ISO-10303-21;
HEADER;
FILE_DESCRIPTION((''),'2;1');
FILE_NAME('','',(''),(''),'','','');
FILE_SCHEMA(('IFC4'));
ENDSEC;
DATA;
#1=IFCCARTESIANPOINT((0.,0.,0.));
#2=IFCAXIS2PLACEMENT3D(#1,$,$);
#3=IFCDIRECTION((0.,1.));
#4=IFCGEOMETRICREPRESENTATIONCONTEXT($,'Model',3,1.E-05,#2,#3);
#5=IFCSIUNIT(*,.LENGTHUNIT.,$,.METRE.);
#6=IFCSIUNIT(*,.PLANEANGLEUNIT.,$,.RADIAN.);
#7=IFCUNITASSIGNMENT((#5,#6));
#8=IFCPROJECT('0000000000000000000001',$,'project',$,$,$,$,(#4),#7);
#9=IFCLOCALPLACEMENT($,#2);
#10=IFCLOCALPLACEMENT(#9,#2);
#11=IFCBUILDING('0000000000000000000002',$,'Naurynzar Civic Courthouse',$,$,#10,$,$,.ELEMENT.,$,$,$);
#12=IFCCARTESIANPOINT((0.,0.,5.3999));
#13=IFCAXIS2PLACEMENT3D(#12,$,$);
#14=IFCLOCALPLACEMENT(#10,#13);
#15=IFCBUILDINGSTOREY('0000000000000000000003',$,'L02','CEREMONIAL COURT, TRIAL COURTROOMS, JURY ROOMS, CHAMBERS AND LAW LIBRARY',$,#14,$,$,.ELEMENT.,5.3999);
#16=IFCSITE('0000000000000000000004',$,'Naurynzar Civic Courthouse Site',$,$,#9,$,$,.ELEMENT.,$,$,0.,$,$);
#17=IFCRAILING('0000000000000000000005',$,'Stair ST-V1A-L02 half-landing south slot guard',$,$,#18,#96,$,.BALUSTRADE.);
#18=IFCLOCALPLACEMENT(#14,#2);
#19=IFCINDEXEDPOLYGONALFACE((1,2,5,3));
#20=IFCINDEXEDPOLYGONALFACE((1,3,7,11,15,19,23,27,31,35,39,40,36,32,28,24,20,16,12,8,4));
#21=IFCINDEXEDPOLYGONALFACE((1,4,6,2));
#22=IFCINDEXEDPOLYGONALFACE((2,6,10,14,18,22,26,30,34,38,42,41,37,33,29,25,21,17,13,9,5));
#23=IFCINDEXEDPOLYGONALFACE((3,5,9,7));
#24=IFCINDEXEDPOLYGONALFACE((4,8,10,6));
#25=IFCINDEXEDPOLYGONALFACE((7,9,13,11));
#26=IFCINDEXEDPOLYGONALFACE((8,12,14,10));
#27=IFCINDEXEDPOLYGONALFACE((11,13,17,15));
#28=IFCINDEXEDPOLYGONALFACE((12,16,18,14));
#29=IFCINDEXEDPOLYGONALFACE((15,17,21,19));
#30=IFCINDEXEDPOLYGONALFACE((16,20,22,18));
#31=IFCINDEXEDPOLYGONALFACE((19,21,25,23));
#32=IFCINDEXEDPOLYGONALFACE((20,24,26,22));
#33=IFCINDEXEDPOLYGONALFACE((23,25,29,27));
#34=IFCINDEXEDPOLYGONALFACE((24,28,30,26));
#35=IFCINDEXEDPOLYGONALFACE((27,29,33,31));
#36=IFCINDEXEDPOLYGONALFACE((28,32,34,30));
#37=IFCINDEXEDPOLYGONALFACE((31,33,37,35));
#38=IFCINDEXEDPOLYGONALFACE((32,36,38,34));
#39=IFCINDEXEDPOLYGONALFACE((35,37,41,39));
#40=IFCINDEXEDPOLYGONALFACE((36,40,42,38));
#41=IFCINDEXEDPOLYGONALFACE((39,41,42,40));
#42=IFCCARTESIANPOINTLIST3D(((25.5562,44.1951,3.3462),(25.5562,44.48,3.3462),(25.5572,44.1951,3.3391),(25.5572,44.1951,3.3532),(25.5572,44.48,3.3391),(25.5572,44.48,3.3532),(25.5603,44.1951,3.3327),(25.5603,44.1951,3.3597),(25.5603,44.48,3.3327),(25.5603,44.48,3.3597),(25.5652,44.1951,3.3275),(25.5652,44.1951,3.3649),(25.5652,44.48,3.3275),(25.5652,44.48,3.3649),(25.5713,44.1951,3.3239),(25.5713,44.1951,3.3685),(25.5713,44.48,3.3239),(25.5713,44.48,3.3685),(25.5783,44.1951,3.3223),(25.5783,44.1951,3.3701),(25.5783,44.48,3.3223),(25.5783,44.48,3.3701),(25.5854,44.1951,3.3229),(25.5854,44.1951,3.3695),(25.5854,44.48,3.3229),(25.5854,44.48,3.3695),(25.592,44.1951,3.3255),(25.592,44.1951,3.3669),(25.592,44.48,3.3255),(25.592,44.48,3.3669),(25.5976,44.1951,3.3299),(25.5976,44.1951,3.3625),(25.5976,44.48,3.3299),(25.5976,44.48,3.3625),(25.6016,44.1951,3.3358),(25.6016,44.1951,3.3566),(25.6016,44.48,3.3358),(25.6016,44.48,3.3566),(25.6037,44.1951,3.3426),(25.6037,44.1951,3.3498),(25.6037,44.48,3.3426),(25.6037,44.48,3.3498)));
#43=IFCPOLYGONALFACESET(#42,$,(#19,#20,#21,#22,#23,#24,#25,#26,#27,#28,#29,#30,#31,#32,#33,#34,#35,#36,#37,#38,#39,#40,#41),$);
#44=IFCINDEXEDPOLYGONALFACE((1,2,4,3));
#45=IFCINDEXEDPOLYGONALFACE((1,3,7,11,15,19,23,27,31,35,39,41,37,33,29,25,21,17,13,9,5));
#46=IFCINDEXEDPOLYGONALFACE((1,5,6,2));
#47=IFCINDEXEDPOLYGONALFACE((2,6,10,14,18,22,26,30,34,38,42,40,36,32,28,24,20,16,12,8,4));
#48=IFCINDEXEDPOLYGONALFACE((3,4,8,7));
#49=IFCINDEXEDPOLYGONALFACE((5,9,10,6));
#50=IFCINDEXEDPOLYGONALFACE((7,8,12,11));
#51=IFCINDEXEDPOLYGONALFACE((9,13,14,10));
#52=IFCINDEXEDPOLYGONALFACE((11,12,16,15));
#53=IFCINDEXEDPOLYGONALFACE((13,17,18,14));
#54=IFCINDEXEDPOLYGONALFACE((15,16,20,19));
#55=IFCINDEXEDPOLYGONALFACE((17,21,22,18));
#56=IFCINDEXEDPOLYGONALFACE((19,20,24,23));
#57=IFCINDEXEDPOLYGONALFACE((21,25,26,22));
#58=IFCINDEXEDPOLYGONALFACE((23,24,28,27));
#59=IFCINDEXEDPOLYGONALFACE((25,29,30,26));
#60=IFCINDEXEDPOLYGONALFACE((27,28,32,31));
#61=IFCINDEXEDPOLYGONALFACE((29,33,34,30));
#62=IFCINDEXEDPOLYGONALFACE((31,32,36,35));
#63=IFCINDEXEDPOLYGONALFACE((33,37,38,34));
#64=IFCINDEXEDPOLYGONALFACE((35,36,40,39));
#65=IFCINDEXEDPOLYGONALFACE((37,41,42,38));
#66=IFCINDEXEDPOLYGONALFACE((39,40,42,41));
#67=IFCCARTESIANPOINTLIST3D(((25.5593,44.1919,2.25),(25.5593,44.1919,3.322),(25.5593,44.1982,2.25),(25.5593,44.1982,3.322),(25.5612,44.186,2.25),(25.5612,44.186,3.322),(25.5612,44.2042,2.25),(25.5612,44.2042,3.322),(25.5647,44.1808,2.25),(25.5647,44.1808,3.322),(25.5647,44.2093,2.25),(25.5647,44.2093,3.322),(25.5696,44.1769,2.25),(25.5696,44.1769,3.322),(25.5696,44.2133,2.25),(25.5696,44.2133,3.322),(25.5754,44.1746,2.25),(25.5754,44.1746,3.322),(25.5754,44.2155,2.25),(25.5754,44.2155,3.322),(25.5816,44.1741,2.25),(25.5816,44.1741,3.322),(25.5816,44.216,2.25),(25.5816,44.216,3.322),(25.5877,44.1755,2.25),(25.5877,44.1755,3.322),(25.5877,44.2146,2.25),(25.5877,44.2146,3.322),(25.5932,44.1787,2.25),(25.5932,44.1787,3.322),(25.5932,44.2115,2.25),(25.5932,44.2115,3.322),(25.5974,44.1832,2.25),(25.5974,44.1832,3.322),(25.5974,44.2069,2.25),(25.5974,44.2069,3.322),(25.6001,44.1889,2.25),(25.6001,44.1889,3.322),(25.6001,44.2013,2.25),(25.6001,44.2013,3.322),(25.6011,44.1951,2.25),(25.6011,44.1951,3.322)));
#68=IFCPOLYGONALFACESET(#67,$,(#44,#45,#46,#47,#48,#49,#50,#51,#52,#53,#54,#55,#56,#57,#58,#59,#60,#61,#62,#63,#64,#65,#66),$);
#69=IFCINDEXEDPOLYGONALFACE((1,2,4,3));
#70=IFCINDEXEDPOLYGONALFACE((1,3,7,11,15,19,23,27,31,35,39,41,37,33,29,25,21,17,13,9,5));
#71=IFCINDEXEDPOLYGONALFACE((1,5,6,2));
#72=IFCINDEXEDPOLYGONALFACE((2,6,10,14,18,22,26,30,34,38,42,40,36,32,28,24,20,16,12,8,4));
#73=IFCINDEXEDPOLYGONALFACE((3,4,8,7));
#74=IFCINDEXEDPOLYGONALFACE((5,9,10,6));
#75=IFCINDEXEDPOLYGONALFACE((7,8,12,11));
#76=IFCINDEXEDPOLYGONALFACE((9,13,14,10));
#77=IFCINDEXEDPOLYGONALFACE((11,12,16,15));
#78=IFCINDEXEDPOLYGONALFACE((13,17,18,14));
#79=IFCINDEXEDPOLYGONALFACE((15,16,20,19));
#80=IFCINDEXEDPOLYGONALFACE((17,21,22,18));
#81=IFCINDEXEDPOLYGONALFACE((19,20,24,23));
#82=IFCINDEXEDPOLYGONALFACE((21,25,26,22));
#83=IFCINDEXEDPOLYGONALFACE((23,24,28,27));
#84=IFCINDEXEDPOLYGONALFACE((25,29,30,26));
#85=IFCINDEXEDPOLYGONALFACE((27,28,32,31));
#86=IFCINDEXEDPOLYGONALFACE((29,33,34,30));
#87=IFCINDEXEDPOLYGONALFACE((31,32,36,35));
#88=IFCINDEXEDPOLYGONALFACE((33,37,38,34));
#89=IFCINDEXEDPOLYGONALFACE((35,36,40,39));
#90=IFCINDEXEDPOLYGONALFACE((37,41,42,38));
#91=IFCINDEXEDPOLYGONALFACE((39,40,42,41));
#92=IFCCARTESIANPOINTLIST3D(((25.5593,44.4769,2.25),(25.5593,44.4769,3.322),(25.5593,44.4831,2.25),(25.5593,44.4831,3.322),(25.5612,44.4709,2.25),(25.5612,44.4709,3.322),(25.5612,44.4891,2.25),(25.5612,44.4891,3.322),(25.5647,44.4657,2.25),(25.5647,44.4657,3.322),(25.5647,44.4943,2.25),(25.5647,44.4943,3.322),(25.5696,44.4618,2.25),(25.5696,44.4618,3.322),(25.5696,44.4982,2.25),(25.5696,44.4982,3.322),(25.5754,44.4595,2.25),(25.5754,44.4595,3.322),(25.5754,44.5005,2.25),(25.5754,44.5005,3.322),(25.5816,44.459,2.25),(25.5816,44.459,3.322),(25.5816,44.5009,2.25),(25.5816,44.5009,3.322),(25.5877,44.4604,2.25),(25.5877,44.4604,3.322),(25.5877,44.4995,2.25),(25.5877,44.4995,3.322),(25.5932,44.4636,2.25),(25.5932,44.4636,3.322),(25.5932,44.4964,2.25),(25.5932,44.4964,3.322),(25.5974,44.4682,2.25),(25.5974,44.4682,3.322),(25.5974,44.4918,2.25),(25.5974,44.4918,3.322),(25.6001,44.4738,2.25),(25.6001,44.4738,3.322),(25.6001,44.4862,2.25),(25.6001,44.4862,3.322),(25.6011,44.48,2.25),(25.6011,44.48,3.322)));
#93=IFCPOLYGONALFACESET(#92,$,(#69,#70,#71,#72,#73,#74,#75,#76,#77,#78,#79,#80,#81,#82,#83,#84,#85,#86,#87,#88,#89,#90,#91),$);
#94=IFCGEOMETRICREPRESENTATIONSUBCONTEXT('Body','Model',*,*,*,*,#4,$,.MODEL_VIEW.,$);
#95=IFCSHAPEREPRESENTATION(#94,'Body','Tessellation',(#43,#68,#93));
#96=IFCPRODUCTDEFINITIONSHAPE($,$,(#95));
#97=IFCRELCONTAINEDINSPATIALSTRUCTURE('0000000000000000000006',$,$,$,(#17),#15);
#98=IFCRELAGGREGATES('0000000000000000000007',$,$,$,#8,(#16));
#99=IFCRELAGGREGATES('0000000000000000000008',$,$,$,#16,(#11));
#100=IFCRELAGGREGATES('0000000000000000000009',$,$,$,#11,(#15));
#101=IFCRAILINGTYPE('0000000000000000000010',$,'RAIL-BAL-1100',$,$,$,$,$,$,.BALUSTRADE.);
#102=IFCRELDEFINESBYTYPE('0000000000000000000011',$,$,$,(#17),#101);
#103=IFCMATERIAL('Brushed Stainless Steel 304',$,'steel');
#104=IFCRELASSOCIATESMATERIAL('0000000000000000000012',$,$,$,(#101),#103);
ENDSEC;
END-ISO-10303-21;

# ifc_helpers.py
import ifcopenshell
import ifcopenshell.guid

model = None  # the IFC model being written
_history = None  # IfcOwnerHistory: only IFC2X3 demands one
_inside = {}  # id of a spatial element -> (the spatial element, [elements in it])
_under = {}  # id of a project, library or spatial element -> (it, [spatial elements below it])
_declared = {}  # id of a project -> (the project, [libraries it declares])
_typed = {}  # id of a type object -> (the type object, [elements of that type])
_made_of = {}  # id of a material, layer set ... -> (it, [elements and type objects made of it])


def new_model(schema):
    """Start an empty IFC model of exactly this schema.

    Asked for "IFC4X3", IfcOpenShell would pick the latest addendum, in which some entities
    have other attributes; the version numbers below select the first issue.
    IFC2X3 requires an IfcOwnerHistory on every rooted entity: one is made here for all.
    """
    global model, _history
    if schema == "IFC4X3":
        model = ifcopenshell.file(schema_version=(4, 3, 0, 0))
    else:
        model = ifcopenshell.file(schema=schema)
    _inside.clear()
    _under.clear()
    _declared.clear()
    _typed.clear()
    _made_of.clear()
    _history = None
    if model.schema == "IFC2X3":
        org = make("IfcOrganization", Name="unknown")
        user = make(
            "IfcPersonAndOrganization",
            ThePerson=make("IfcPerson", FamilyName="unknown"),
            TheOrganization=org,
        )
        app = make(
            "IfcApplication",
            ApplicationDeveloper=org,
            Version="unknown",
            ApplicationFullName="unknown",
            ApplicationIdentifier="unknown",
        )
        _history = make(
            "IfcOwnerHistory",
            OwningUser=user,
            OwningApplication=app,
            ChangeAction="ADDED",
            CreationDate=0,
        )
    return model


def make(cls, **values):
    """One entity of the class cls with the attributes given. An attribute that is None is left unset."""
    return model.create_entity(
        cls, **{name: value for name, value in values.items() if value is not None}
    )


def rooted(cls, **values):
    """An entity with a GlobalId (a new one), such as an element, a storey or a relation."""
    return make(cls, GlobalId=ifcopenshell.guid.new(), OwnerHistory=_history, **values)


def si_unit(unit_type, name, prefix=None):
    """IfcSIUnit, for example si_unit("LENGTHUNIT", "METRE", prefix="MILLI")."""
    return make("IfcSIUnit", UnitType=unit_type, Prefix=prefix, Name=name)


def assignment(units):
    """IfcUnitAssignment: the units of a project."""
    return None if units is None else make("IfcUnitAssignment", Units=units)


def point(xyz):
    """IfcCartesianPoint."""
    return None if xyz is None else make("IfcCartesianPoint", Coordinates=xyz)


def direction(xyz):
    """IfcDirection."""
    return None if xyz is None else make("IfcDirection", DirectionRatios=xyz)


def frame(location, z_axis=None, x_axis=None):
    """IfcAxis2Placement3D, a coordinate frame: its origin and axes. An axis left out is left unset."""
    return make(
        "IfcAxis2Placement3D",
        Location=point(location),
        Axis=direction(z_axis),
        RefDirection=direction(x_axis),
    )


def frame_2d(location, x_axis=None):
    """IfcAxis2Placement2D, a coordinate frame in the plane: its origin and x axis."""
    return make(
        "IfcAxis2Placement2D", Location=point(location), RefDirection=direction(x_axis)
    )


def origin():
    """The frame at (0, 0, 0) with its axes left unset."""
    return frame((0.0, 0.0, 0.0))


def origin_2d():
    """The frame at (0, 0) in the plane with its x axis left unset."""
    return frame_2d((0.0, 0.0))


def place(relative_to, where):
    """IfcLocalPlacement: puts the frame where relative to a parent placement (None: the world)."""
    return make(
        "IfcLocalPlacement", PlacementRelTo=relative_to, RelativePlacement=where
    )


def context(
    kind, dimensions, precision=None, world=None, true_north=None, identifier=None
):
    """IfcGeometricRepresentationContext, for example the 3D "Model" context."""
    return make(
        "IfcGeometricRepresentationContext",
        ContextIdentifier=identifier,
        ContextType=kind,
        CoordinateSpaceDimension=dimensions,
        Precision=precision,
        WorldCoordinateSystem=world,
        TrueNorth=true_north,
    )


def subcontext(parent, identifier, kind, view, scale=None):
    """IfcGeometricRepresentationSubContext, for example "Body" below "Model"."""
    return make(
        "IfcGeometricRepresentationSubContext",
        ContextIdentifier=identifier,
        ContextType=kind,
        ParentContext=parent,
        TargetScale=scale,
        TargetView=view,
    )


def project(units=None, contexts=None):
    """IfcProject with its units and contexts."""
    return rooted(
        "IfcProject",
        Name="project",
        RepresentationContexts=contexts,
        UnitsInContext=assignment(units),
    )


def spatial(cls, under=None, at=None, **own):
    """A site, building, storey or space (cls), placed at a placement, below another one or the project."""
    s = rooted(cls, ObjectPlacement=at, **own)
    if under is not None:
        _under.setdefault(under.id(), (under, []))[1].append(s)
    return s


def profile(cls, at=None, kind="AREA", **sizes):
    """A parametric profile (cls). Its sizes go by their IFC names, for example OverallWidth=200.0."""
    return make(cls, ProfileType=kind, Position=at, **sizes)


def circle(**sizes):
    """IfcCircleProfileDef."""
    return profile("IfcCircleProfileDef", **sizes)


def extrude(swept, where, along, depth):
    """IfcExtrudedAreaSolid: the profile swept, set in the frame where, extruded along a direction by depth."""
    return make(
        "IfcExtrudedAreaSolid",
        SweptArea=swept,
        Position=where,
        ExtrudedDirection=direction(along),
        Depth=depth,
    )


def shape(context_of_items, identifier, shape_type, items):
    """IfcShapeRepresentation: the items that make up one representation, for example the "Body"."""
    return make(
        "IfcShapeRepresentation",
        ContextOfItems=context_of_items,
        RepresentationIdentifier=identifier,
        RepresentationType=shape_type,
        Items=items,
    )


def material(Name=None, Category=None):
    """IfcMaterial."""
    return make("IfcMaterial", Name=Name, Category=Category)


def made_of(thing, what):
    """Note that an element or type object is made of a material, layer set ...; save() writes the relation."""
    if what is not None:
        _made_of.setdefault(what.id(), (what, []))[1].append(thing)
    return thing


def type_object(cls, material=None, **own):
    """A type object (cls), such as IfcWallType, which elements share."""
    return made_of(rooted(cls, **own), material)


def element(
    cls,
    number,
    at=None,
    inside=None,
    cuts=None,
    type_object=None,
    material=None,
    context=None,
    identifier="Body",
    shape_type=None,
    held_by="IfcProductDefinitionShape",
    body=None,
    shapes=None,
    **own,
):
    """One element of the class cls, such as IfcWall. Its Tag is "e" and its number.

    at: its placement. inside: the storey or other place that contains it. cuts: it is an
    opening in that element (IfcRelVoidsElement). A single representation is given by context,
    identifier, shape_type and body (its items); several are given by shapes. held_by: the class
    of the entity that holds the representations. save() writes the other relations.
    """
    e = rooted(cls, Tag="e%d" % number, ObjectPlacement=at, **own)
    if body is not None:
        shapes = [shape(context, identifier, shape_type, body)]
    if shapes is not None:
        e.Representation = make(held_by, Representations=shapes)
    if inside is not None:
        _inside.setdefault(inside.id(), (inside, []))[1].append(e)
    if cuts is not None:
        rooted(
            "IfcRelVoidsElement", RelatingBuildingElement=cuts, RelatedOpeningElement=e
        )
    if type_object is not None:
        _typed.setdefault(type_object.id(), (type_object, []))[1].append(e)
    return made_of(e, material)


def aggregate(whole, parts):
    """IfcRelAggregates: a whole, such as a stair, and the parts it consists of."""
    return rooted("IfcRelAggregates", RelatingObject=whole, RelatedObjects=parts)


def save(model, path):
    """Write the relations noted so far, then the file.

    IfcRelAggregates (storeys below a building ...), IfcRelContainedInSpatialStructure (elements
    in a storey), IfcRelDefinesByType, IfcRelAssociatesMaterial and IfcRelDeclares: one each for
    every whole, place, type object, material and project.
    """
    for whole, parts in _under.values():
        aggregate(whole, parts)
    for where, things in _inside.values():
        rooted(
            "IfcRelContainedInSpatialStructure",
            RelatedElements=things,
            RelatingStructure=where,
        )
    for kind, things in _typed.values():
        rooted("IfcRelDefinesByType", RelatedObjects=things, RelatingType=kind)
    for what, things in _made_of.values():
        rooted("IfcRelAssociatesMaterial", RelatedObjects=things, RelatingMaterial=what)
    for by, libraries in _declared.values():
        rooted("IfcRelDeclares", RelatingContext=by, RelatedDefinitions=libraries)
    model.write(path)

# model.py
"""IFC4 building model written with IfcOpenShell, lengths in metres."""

from ifc_helpers import new_model, si_unit, direction, frame, origin, origin_2d, place, context, subcontext, project, spatial, circle, extrude, material, type_object, element, save


model = new_model("IFC4")

# Units and contexts
model_context = context("Model", 3, precision=1e-05, world=origin(), true_north=direction((0.0, 1.0)))
body_context = subcontext(model_context, "Body", "Model", "MODEL_VIEW")
ifc_project = project(units=[si_unit("LENGTHUNIT", "METRE"), si_unit("PLANEANGLEUNIT", "RADIAN")], contexts=[model_context])

# Site, building, storey
site_placement = place(None, origin())
site = spatial("IfcSite", under=ifc_project, at=site_placement, Name="Naurynzar Civic Courthouse Site", CompositionType="ELEMENT", RefElevation=0.0)
building_placement = place(site_placement, origin())
building = spatial("IfcBuilding", under=site, at=building_placement, Name="Naurynzar Civic Courthouse", CompositionType="ELEMENT")
storey_placement = place(building_placement, frame((0.0, 0.0, 5.3999)))
storey = spatial("IfcBuildingStorey", under=building, at=storey_placement, Name="L02", Description="CEREMONIAL COURT, TRIAL COURTROOMS, JURY ROOMS, CHAMBERS AND LAW LIBRARY", CompositionType="ELEMENT", Elevation=5.3999)

# Railing
ifc_material_1 = material(Name="Brushed Stainless Steel 304", Category="steel")
railing_type_1 = type_object("IfcRailingType", Name="RAIL-BAL-1100", PredefinedType="BALUSTRADE", material=ifc_material_1)
railing_1_placement = place(storey_placement, frame((25.5801, 44.1951, 2.25)))
element("IfcRailing", 1, at=railing_1_placement, inside=storey, type_object=railing_type_1, Name="Stair ST-V1A-L02 half-landing south slot guard", PredefinedType="BALUSTRADE", context=body_context, shape_type="SweptSolid", body=[
    extrude(circle(Radius=0.0239, at=origin_2d()), frame((0.0, 0.0, 1.0962), z_axis=(0.0, 1.0, 0.0), x_axis=(-1.0, 0.0, 0.0)), (0.0, 0.0, 1.0), 0.2849),
    extrude(circle(Radius=0.021, at=origin_2d()), origin(), (0.0, 0.0, 1.0), 1.072),
    extrude(circle(Radius=0.021, at=origin_2d()), frame((0.0, 0.2849, 0.0)), (0.0, 0.0, 1.0), 1.072),
])

save(model, "model.ifc")
